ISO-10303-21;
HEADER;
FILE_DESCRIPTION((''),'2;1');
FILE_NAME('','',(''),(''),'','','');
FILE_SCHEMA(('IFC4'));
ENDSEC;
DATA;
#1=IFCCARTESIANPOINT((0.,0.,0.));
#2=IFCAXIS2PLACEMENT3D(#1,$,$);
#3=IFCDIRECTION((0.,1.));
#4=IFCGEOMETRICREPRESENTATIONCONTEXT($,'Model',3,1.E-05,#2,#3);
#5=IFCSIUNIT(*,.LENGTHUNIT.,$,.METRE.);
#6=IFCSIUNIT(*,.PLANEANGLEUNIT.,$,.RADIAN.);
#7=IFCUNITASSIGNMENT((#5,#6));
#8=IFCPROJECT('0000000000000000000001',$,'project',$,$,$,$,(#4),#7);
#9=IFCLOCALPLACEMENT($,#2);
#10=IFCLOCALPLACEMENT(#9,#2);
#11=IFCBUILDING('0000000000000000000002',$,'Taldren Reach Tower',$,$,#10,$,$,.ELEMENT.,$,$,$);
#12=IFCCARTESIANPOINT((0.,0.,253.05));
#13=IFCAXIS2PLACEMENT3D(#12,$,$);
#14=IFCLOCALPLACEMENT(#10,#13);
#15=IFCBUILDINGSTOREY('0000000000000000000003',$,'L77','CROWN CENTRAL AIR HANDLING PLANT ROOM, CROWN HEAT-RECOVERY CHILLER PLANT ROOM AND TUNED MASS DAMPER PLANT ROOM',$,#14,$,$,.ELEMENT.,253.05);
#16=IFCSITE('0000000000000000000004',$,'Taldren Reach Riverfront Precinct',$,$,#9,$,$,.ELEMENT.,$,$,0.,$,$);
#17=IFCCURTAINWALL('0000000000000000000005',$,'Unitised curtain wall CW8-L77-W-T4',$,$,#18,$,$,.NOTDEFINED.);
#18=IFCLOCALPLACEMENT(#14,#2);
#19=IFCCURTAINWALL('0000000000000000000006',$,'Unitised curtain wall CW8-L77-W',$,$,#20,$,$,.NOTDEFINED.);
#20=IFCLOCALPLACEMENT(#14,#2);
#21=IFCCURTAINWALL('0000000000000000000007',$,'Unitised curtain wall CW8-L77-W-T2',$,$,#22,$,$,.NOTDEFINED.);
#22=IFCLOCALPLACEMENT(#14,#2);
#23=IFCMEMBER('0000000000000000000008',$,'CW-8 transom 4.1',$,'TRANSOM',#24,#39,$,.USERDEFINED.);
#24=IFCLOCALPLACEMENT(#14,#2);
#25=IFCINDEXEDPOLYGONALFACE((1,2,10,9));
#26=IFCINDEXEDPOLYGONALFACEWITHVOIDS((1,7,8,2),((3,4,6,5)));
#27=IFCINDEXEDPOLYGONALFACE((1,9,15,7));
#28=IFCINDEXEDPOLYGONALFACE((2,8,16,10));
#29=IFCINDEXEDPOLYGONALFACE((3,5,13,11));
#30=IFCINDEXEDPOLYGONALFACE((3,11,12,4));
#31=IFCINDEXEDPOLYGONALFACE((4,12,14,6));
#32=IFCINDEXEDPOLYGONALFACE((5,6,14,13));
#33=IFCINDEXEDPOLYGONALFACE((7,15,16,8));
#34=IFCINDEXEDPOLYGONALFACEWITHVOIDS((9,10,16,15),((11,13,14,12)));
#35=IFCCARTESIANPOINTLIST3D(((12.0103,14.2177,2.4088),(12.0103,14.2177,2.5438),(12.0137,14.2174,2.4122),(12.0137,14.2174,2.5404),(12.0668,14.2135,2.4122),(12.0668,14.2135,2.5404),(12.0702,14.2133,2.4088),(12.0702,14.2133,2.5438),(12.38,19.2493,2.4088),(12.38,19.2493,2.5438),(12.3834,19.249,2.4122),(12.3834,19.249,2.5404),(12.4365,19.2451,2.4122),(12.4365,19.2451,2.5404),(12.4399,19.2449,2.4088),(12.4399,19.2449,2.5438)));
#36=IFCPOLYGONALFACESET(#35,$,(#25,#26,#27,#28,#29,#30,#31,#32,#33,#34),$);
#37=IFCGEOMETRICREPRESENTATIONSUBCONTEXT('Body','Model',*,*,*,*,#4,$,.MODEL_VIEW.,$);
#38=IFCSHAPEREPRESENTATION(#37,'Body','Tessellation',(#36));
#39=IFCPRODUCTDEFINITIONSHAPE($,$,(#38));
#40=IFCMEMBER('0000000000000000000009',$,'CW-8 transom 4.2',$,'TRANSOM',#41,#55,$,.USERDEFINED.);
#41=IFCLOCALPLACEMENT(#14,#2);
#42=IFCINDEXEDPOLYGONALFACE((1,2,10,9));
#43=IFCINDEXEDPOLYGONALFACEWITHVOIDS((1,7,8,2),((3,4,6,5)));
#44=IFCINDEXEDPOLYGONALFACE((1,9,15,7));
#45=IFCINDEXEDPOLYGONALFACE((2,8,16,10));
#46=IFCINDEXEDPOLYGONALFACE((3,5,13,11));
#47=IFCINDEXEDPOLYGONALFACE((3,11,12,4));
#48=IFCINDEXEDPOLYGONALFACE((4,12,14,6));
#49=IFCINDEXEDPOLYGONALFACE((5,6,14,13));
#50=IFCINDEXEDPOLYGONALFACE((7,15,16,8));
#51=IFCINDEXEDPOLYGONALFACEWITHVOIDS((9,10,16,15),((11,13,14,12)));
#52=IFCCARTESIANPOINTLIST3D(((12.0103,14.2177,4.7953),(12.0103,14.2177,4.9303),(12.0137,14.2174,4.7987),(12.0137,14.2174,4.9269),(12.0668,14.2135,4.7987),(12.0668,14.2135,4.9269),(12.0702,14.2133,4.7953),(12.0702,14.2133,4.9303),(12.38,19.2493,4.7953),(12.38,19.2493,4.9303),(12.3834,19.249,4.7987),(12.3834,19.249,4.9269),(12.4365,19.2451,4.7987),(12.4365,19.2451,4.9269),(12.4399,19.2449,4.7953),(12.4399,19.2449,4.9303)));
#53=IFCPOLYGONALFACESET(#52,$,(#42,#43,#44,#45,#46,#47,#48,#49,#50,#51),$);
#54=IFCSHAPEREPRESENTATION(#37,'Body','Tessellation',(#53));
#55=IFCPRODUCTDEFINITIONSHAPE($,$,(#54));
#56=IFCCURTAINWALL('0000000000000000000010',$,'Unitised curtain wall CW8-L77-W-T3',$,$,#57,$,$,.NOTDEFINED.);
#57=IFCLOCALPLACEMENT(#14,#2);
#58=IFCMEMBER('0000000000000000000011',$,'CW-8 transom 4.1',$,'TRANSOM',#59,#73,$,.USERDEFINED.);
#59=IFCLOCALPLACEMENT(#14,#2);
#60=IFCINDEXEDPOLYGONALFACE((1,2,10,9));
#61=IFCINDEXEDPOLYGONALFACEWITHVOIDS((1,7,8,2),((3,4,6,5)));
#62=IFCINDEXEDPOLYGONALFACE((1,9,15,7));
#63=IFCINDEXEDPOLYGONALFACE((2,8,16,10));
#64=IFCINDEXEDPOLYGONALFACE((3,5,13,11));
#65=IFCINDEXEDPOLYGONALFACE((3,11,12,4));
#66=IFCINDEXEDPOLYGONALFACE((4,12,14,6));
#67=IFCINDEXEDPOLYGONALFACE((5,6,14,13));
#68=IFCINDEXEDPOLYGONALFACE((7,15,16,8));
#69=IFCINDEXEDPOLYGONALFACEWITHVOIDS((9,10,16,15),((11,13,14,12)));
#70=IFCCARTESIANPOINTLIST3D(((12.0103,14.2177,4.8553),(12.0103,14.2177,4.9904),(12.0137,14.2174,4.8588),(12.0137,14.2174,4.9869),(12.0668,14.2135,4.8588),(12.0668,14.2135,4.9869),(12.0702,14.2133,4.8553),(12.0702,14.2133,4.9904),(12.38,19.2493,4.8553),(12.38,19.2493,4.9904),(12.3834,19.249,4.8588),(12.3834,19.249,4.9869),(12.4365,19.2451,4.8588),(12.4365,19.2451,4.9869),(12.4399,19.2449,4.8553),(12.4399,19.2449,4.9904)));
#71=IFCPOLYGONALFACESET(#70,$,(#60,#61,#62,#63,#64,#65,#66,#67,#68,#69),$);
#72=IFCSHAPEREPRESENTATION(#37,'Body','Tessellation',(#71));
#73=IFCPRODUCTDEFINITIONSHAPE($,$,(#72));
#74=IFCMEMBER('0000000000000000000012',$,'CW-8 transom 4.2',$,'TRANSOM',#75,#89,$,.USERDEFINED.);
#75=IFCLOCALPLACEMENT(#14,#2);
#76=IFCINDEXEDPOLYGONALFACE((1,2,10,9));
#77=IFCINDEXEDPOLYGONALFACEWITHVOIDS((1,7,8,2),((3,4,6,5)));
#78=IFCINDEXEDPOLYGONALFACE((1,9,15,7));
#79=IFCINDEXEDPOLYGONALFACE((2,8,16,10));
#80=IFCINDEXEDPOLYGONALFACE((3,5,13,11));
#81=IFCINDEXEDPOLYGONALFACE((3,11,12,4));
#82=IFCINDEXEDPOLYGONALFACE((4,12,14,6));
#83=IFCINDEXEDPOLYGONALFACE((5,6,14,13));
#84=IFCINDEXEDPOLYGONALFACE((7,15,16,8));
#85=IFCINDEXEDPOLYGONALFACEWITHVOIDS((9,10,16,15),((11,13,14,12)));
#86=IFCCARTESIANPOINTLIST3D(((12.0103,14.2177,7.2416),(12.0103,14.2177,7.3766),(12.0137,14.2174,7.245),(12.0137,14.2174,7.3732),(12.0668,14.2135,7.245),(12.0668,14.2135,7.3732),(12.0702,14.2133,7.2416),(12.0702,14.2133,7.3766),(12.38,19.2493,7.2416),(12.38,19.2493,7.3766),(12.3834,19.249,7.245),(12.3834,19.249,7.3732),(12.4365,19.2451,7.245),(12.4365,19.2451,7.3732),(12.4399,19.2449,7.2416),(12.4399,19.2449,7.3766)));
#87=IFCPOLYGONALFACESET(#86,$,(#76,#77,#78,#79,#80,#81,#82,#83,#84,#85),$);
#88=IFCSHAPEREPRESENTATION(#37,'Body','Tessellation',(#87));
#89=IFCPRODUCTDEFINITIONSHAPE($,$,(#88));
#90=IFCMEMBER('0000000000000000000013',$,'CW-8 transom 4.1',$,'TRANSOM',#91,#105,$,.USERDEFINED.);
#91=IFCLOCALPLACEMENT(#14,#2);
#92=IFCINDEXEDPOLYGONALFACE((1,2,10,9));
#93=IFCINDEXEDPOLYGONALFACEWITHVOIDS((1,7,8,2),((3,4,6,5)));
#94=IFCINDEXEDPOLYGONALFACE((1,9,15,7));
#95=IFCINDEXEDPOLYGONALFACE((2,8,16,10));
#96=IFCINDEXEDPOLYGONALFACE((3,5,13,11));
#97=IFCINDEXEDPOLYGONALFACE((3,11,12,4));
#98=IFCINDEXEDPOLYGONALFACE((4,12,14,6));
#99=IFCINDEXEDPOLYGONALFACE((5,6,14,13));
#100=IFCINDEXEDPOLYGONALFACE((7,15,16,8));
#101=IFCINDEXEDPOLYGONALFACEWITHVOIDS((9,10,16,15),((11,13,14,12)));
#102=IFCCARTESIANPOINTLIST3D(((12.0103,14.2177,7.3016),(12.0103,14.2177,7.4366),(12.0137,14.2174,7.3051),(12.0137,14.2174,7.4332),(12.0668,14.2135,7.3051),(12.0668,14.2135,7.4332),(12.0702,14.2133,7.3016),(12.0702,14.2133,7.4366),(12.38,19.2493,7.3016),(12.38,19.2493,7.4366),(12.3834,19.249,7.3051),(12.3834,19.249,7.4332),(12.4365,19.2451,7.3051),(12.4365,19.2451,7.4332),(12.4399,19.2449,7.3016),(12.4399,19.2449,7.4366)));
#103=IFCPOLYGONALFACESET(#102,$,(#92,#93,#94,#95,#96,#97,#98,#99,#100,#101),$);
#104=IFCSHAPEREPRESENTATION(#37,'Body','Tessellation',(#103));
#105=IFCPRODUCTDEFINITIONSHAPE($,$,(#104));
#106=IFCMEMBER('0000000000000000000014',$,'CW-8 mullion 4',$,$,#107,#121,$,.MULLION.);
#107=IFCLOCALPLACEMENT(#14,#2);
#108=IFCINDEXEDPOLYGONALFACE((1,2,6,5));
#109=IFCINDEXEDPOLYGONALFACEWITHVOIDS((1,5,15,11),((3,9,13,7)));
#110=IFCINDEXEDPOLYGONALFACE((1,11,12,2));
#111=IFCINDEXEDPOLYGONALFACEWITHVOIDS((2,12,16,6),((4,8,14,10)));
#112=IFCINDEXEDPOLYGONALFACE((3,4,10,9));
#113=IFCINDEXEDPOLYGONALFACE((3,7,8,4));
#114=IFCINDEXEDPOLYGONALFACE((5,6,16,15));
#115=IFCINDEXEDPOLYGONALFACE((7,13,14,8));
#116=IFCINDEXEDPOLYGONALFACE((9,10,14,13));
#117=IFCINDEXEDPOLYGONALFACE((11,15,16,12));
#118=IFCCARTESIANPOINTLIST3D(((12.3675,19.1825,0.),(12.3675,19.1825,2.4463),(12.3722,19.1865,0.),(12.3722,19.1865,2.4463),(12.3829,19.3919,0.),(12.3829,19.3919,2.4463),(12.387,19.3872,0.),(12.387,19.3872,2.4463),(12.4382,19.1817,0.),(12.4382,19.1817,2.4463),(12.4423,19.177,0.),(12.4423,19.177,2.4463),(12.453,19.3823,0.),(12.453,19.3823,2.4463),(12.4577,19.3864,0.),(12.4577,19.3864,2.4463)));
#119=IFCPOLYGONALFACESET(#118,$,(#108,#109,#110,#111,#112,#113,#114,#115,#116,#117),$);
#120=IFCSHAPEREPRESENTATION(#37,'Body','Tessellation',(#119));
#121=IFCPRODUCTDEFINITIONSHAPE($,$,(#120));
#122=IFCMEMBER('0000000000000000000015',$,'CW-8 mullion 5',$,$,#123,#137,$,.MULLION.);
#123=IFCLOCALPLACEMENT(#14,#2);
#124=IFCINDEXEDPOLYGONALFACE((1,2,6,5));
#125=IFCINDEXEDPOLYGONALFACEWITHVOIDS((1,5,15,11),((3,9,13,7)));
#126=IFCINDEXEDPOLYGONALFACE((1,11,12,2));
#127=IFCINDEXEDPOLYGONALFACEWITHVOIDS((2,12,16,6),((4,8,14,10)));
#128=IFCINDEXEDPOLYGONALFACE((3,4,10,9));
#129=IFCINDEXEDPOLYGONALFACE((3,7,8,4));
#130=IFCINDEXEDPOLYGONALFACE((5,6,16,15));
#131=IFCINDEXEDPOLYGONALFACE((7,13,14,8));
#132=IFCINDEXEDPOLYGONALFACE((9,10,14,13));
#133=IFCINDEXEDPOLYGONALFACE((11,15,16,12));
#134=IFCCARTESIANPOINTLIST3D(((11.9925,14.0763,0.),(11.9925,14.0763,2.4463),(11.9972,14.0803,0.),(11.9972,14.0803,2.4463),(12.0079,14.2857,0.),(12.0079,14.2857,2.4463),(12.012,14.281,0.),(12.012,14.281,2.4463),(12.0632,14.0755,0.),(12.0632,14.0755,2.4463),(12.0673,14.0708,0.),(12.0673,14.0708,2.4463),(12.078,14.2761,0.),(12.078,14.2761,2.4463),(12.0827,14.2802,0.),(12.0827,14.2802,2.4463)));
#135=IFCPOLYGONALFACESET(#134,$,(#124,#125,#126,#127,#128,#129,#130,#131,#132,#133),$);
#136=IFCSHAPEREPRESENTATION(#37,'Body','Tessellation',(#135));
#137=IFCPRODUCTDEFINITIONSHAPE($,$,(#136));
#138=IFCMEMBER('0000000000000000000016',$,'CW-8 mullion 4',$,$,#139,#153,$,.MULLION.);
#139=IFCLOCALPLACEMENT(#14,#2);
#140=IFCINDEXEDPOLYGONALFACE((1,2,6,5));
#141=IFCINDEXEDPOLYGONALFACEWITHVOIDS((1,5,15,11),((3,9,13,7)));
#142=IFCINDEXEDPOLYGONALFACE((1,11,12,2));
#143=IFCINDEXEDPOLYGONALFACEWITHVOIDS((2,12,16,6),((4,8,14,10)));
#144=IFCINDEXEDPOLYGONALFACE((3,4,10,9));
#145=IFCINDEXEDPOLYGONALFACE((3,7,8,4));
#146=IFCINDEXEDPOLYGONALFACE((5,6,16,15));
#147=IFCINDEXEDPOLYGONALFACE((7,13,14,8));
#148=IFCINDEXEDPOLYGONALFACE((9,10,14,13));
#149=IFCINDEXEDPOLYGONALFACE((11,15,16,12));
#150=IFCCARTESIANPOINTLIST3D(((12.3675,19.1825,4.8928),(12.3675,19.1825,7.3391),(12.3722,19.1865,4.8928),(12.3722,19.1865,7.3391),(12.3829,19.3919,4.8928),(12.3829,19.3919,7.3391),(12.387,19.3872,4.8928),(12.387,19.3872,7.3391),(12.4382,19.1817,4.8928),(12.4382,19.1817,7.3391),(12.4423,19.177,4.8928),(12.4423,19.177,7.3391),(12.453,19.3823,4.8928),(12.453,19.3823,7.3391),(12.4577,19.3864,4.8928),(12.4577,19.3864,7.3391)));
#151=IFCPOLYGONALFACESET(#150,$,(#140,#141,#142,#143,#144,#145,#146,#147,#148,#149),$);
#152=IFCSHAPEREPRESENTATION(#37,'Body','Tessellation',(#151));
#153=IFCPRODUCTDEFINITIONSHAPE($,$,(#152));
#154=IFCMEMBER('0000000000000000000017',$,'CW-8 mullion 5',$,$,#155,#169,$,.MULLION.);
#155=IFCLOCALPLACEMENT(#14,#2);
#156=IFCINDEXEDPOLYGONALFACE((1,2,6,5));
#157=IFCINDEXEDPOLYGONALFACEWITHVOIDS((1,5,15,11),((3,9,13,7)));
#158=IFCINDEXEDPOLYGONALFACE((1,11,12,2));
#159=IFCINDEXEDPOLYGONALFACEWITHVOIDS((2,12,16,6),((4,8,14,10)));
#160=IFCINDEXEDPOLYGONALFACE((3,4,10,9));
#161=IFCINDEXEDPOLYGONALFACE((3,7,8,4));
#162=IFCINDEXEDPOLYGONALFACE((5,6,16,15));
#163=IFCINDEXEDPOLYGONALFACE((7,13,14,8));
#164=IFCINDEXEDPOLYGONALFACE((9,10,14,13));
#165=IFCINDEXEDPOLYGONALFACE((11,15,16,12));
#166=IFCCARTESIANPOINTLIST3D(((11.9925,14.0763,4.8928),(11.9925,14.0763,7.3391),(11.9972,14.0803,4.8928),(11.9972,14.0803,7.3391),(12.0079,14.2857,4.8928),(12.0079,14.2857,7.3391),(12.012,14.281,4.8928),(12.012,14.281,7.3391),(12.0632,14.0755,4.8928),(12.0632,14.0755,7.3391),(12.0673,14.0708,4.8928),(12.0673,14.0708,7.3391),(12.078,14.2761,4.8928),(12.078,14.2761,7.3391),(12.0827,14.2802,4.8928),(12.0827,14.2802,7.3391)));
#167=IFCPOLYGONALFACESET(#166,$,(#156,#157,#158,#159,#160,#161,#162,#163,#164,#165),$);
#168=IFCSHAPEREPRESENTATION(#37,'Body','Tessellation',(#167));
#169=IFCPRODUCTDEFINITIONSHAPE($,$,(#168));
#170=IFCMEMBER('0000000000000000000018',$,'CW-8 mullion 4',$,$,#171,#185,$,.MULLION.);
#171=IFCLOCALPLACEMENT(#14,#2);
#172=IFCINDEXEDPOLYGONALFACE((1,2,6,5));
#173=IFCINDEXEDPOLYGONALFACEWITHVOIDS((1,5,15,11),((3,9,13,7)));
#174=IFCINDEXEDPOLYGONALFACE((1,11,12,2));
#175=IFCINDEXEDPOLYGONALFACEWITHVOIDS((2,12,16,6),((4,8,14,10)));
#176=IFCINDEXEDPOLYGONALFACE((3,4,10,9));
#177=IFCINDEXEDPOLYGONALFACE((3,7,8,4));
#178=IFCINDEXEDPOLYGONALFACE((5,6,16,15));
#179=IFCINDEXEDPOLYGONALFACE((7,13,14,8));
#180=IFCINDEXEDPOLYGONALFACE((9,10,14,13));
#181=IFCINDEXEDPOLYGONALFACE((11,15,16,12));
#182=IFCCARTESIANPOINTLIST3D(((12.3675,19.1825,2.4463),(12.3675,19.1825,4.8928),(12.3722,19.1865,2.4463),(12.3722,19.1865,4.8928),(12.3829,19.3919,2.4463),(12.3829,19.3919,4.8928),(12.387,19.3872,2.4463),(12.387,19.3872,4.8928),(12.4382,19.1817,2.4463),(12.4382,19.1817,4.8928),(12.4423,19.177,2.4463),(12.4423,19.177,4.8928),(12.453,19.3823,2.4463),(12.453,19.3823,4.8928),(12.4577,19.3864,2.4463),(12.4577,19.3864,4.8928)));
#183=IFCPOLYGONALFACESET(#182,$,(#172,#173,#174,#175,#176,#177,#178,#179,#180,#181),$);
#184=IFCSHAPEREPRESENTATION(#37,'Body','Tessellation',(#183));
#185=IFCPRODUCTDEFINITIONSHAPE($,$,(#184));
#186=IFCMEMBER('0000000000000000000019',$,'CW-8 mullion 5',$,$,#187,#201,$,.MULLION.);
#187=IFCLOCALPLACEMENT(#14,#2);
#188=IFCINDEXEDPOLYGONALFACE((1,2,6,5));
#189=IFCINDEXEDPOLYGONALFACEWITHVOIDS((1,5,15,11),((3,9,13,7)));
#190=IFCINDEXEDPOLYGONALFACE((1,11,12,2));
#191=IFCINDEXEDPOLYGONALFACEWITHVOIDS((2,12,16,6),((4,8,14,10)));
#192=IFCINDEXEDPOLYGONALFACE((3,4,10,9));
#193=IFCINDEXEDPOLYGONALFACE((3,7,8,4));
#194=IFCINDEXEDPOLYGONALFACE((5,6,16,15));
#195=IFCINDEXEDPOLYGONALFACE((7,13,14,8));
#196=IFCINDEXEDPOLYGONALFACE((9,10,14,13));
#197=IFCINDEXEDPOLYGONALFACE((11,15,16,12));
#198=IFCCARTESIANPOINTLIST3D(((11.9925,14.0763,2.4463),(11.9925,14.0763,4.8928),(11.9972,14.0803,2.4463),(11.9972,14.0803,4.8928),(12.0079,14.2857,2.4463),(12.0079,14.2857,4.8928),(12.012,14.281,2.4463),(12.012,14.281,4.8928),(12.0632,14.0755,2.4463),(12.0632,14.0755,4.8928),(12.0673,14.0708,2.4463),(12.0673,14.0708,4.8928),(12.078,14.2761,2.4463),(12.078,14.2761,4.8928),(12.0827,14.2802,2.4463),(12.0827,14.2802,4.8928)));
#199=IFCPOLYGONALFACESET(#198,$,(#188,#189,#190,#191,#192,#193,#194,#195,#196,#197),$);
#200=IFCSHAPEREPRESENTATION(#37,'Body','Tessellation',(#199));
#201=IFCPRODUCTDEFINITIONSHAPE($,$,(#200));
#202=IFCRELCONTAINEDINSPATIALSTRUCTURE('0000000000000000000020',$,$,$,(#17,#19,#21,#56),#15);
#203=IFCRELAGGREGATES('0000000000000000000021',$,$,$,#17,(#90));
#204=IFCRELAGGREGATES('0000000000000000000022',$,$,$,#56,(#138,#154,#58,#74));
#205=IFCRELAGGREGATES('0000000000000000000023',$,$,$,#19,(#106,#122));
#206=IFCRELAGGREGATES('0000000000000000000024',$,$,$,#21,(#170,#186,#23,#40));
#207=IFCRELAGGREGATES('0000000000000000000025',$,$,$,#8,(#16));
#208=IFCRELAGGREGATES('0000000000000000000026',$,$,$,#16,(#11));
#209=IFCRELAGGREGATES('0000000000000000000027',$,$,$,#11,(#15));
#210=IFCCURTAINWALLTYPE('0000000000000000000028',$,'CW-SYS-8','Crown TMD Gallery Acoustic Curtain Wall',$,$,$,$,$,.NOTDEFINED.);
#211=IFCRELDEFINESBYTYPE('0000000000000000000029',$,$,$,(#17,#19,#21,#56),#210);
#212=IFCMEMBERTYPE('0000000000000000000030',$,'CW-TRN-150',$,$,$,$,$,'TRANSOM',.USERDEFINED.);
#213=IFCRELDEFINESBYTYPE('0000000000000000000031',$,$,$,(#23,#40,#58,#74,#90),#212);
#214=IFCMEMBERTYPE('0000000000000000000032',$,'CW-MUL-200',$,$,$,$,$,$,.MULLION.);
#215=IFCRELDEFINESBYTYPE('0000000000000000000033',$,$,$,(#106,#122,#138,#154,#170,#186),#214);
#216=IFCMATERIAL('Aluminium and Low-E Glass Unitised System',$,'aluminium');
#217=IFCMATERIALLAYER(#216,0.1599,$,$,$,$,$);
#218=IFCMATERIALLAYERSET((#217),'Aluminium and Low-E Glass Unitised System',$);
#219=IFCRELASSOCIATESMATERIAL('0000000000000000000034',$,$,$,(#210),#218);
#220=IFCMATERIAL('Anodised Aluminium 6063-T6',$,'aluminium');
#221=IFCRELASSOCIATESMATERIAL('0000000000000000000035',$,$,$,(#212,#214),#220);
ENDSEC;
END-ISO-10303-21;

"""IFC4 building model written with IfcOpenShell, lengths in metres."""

from ifc_helpers import new_model, si_unit, direction, frame, origin, origin_2d, place, context, subcontext, project, spatial, hollow_rectangle, extrude, source, transform, mapped, material, layer, layer_set, material_profile, profile_set, type_object, element, aggregate, save


model = new_model("IFC4")

# Units and contexts
model_context = context("Model", 3, precision=1e-05, world=origin(), true_north=direction((0.0, 1.0)))
body_context = subcontext(model_context, "Body", "Model", "MODEL_VIEW")
ifc_project = project(units=[si_unit("LENGTHUNIT", "METRE"), si_unit("PLANEANGLEUNIT", "RADIAN")], contexts=[model_context])

# Site, building, storey
site_placement = place(None, origin())
site = spatial("IfcSite", under=ifc_project, at=site_placement, Name="Taldren Reach Riverfront Precinct", CompositionType="ELEMENT", RefElevation=0.0)
building_placement = place(site_placement, origin())
building = spatial("IfcBuilding", under=site, at=building_placement, Name="Taldren Reach Tower", CompositionType="ELEMENT")
storey_placement = place(building_placement, frame((0.0, 0.0, 253.05)))
storey = spatial("IfcBuildingStorey", under=building, at=storey_placement, Name="L77", Description="CROWN CENTRAL AIR HANDLING PLANT ROOM, CROWN HEAT-RECOVERY CHILLER PLANT ROOM AND TUNED MASS DAMPER PLANT ROOM", CompositionType="ELEMENT", Elevation=253.05)

# Curtain wall
ifc_material_1 = material(Name="Aluminium and Low-E Glass Unitised System", Category="aluminium")
ifc_layer_1 = layer(ifc_material_1, 0.1599)
ifc_layer_set_1 = layer_set([ifc_layer_1], Name="Aluminium and Low-E Glass Unitised System")
curtain_wall_type = type_object("IfcCurtainWallType", Name="CW-SYS-8", Description="Crown TMD Gallery Acoustic Curtain Wall", PredefinedType="NOTDEFINED", material=ifc_layer_set_1)
curtain_wall_1_placement = place(storey_placement, origin())
curtain_wall_1 = element("IfcCurtainWall", 1, at=curtain_wall_1_placement, inside=storey, type_object=curtain_wall_type, Name="Unitised curtain wall CW8-L77-W-T4", PredefinedType="NOTDEFINED")
ifc_material_2 = material(Name="Anodised Aluminium 6063-T6", Category="aluminium")
ifc_material_profile_1 = material_profile(ifc_material_2, hollow_rectangle(XDim=0.0601, YDim=0.135, WallThickness=0.0034, at=origin_2d()), Name="ALU-135x60x3.5RHS")
ifc_profile_set_1 = profile_set([ifc_material_profile_1], Name="Anodised Aluminium 6063-T6")
member_type_1 = type_object("IfcMemberType", Name="CW-TRN-150", ElementType="TRANSOM", PredefinedType="USERDEFINED", material=ifc_profile_set_1)

# Curtain walls, members
curtain_wall_2_placement = place(storey_placement, origin())
curtain_wall_2 = element("IfcCurtainWall", 2, at=curtain_wall_2_placement, inside=storey, type_object=curtain_wall_type, Name="Unitised curtain wall CW8-L77-W", PredefinedType="NOTDEFINED")
shared_shape_1 = source(origin(), body_context, "Body", "SweptSolid", [
    extrude(hollow_rectangle(XDim=0.0601, YDim=0.135, WallThickness=0.0034, at=origin_2d()), origin(), (0.0, 0.0, 1.0), 5.0452),
])
curtain_wall_3_placement = place(storey_placement, origin())
curtain_wall_3 = element("IfcCurtainWall", 3, at=curtain_wall_3_placement, inside=storey, type_object=curtain_wall_type, Name="Unitised curtain wall CW8-L77-W-T2", PredefinedType="NOTDEFINED")
member_1_placement = place(storey_placement, frame((12.4099, 19.2471, 2.4763), z_axis=(-0.073266, -0.997312, 0.0), x_axis=(0.997312, -0.073266, 0.0)))
member_1 = element("IfcMember", 4, at=member_1_placement, type_object=member_type_1, Name="CW-8 transom 4.1", ObjectType="TRANSOM", PredefinedType="USERDEFINED", context=body_context, shape_type="MappedRepresentation", body=[
    mapped(shared_shape_1, transform((0.0, 0.0, 0.0), scale=1.0)),
])
member_2_placement = place(storey_placement, frame((12.4099, 19.2471, 4.8628), z_axis=(-0.073266, -0.997312, 0.0), x_axis=(0.997312, -0.073266, 0.0)))
member_2 = element("IfcMember", 5, at=member_2_placement, type_object=member_type_1, Name="CW-8 transom 4.2", ObjectType="TRANSOM", PredefinedType="USERDEFINED", context=body_context, shape_type="MappedRepresentation", body=[
    mapped(shared_shape_1, transform((0.0, 0.0, 0.0), scale=1.0)),
])
curtain_wall_4_placement = place(storey_placement, origin())
curtain_wall_4 = element("IfcCurtainWall", 6, at=curtain_wall_4_placement, inside=storey, type_object=curtain_wall_type, Name="Unitised curtain wall CW8-L77-W-T3", PredefinedType="NOTDEFINED")
member_3_placement = place(storey_placement, frame((12.4099, 19.2471, 4.9229), z_axis=(-0.073266, -0.997312, 0.0), x_axis=(0.997312, -0.073266, 0.0)))
member_3 = element("IfcMember", 7, at=member_3_placement, type_object=member_type_1, Name="CW-8 transom 4.1", ObjectType="TRANSOM", PredefinedType="USERDEFINED", context=body_context, shape_type="MappedRepresentation", body=[
    mapped(shared_shape_1, transform((0.0, 0.0, 0.0), scale=1.0)),
])
member_4_placement = place(storey_placement, frame((12.4099, 19.2471, 7.3091), z_axis=(-0.073266, -0.997312, 0.0), x_axis=(0.997312, -0.073266, 0.0)))
member_4 = element("IfcMember", 8, at=member_4_placement, type_object=member_type_1, Name="CW-8 transom 4.2", ObjectType="TRANSOM", PredefinedType="USERDEFINED", context=body_context, shape_type="MappedRepresentation", body=[
    mapped(shared_shape_1, transform((0.0, 0.0, 0.0), scale=1.0)),
])

# Members
member_5_placement = place(storey_placement, frame((12.4099, 19.2471, 7.3691), z_axis=(-0.073266, -0.997312, 0.0), x_axis=(0.997312, -0.073266, 0.0)))
member_5 = element("IfcMember", 9, at=member_5_placement, type_object=member_type_1, Name="CW-8 transom 4.1", ObjectType="TRANSOM", PredefinedType="USERDEFINED", context=body_context, shape_type="MappedRepresentation", body=[
    mapped(shared_shape_1, transform((0.0, 0.0, 0.0), scale=1.0)),
])
ifc_material_profile_2 = material_profile(ifc_material_2, hollow_rectangle(XDim=0.075, YDim=0.21, WallThickness=0.0044, at=origin_2d()), Name="ALU-210x75x4.5RHS")
ifc_profile_set_2 = profile_set([ifc_material_profile_2], Name="Anodised Aluminium 6063-T6")
member_type_2 = type_object("IfcMemberType", Name="CW-MUL-200", PredefinedType="MULLION", material=ifc_profile_set_2)
shared_shape_2 = source(origin(), body_context, "Body", "SweptSolid", [
    extrude(hollow_rectangle(XDim=0.075, YDim=0.21, WallThickness=0.0044, at=origin_2d()), origin(), (0.0, 0.0, 1.0), 2.4463),
])
member_6_placement = place(storey_placement, frame((12.4126, 19.2844, 0.0), z_axis=(0.0, 0.0, 1.0), x_axis=(0.997314, -0.073238, 0.0)))
member_6 = element("IfcMember", 10, at=member_6_placement, type_object=member_type_2, Name="CW-8 mullion 4", PredefinedType="MULLION", context=body_context, shape_type="MappedRepresentation", body=[
    mapped(shared_shape_2, transform((0.0, 0.0, 0.0), scale=1.0)),
])
member_7_placement = place(storey_placement, frame((12.0376, 14.1782, 0.0), z_axis=(0.0, 0.0, 1.0), x_axis=(0.997314, -0.073238, 0.0)))
member_7 = element("IfcMember", 11, at=member_7_placement, type_object=member_type_2, Name="CW-8 mullion 5", PredefinedType="MULLION", context=body_context, shape_type="MappedRepresentation", body=[
    mapped(shared_shape_2, transform((0.0, 0.0, 0.0), scale=1.0)),
])
member_8_placement = place(storey_placement, frame((12.4126, 19.2844, 4.8928), z_axis=(0.0, 0.0, 1.0), x_axis=(0.997314, -0.073238, 0.0)))
member_8 = element("IfcMember", 12, at=member_8_placement, type_object=member_type_2, Name="CW-8 mullion 4", PredefinedType="MULLION", context=body_context, shape_type="MappedRepresentation", body=[
    mapped(shared_shape_2, transform((0.0, 0.0, 0.0), scale=1.0)),
])
member_9_placement = place(storey_placement, frame((12.0376, 14.1782, 4.8928), z_axis=(0.0, 0.0, 1.0), x_axis=(0.997314, -0.073238, 0.0)))
member_9 = element("IfcMember", 13, at=member_9_placement, type_object=member_type_2, Name="CW-8 mullion 5", PredefinedType="MULLION", context=body_context, shape_type="MappedRepresentation", body=[
    mapped(shared_shape_2, transform((0.0, 0.0, 0.0), scale=1.0)),
])
shared_shape_3 = source(origin(), body_context, "Body", "SweptSolid", [
    extrude(hollow_rectangle(XDim=0.075, YDim=0.21, WallThickness=0.0044, at=origin_2d()), origin(), (0.0, 0.0, 1.0), 2.4465),
])
member_10_placement = place(storey_placement, frame((12.4126, 19.2844, 2.4463), z_axis=(0.0, 0.0, 1.0), x_axis=(0.997314, -0.073238, 0.0)))
member_10 = element("IfcMember", 14, at=member_10_placement, type_object=member_type_2, Name="CW-8 mullion 4", PredefinedType="MULLION", context=body_context, shape_type="MappedRepresentation", body=[
    mapped(shared_shape_3, transform((0.0, 0.0, 0.0), scale=1.0)),
])
member_11_placement = place(storey_placement, frame((12.0376, 14.1782, 2.4463), z_axis=(0.0, 0.0, 1.0), x_axis=(0.997314, -0.073238, 0.0)))
member_11 = element("IfcMember", 15, at=member_11_placement, type_object=member_type_2, Name="CW-8 mullion 5", PredefinedType="MULLION", context=body_context, shape_type="MappedRepresentation", body=[
    mapped(shared_shape_3, transform((0.0, 0.0, 0.0), scale=1.0)),
])
aggregate(curtain_wall_1, [member_5])

aggregate(curtain_wall_4, [member_8, member_9, member_3, member_4])
aggregate(curtain_wall_2, [member_6, member_7])
aggregate(curtain_wall_3, [member_10, member_11, member_1, member_2])

save(model, "model.ifc")
